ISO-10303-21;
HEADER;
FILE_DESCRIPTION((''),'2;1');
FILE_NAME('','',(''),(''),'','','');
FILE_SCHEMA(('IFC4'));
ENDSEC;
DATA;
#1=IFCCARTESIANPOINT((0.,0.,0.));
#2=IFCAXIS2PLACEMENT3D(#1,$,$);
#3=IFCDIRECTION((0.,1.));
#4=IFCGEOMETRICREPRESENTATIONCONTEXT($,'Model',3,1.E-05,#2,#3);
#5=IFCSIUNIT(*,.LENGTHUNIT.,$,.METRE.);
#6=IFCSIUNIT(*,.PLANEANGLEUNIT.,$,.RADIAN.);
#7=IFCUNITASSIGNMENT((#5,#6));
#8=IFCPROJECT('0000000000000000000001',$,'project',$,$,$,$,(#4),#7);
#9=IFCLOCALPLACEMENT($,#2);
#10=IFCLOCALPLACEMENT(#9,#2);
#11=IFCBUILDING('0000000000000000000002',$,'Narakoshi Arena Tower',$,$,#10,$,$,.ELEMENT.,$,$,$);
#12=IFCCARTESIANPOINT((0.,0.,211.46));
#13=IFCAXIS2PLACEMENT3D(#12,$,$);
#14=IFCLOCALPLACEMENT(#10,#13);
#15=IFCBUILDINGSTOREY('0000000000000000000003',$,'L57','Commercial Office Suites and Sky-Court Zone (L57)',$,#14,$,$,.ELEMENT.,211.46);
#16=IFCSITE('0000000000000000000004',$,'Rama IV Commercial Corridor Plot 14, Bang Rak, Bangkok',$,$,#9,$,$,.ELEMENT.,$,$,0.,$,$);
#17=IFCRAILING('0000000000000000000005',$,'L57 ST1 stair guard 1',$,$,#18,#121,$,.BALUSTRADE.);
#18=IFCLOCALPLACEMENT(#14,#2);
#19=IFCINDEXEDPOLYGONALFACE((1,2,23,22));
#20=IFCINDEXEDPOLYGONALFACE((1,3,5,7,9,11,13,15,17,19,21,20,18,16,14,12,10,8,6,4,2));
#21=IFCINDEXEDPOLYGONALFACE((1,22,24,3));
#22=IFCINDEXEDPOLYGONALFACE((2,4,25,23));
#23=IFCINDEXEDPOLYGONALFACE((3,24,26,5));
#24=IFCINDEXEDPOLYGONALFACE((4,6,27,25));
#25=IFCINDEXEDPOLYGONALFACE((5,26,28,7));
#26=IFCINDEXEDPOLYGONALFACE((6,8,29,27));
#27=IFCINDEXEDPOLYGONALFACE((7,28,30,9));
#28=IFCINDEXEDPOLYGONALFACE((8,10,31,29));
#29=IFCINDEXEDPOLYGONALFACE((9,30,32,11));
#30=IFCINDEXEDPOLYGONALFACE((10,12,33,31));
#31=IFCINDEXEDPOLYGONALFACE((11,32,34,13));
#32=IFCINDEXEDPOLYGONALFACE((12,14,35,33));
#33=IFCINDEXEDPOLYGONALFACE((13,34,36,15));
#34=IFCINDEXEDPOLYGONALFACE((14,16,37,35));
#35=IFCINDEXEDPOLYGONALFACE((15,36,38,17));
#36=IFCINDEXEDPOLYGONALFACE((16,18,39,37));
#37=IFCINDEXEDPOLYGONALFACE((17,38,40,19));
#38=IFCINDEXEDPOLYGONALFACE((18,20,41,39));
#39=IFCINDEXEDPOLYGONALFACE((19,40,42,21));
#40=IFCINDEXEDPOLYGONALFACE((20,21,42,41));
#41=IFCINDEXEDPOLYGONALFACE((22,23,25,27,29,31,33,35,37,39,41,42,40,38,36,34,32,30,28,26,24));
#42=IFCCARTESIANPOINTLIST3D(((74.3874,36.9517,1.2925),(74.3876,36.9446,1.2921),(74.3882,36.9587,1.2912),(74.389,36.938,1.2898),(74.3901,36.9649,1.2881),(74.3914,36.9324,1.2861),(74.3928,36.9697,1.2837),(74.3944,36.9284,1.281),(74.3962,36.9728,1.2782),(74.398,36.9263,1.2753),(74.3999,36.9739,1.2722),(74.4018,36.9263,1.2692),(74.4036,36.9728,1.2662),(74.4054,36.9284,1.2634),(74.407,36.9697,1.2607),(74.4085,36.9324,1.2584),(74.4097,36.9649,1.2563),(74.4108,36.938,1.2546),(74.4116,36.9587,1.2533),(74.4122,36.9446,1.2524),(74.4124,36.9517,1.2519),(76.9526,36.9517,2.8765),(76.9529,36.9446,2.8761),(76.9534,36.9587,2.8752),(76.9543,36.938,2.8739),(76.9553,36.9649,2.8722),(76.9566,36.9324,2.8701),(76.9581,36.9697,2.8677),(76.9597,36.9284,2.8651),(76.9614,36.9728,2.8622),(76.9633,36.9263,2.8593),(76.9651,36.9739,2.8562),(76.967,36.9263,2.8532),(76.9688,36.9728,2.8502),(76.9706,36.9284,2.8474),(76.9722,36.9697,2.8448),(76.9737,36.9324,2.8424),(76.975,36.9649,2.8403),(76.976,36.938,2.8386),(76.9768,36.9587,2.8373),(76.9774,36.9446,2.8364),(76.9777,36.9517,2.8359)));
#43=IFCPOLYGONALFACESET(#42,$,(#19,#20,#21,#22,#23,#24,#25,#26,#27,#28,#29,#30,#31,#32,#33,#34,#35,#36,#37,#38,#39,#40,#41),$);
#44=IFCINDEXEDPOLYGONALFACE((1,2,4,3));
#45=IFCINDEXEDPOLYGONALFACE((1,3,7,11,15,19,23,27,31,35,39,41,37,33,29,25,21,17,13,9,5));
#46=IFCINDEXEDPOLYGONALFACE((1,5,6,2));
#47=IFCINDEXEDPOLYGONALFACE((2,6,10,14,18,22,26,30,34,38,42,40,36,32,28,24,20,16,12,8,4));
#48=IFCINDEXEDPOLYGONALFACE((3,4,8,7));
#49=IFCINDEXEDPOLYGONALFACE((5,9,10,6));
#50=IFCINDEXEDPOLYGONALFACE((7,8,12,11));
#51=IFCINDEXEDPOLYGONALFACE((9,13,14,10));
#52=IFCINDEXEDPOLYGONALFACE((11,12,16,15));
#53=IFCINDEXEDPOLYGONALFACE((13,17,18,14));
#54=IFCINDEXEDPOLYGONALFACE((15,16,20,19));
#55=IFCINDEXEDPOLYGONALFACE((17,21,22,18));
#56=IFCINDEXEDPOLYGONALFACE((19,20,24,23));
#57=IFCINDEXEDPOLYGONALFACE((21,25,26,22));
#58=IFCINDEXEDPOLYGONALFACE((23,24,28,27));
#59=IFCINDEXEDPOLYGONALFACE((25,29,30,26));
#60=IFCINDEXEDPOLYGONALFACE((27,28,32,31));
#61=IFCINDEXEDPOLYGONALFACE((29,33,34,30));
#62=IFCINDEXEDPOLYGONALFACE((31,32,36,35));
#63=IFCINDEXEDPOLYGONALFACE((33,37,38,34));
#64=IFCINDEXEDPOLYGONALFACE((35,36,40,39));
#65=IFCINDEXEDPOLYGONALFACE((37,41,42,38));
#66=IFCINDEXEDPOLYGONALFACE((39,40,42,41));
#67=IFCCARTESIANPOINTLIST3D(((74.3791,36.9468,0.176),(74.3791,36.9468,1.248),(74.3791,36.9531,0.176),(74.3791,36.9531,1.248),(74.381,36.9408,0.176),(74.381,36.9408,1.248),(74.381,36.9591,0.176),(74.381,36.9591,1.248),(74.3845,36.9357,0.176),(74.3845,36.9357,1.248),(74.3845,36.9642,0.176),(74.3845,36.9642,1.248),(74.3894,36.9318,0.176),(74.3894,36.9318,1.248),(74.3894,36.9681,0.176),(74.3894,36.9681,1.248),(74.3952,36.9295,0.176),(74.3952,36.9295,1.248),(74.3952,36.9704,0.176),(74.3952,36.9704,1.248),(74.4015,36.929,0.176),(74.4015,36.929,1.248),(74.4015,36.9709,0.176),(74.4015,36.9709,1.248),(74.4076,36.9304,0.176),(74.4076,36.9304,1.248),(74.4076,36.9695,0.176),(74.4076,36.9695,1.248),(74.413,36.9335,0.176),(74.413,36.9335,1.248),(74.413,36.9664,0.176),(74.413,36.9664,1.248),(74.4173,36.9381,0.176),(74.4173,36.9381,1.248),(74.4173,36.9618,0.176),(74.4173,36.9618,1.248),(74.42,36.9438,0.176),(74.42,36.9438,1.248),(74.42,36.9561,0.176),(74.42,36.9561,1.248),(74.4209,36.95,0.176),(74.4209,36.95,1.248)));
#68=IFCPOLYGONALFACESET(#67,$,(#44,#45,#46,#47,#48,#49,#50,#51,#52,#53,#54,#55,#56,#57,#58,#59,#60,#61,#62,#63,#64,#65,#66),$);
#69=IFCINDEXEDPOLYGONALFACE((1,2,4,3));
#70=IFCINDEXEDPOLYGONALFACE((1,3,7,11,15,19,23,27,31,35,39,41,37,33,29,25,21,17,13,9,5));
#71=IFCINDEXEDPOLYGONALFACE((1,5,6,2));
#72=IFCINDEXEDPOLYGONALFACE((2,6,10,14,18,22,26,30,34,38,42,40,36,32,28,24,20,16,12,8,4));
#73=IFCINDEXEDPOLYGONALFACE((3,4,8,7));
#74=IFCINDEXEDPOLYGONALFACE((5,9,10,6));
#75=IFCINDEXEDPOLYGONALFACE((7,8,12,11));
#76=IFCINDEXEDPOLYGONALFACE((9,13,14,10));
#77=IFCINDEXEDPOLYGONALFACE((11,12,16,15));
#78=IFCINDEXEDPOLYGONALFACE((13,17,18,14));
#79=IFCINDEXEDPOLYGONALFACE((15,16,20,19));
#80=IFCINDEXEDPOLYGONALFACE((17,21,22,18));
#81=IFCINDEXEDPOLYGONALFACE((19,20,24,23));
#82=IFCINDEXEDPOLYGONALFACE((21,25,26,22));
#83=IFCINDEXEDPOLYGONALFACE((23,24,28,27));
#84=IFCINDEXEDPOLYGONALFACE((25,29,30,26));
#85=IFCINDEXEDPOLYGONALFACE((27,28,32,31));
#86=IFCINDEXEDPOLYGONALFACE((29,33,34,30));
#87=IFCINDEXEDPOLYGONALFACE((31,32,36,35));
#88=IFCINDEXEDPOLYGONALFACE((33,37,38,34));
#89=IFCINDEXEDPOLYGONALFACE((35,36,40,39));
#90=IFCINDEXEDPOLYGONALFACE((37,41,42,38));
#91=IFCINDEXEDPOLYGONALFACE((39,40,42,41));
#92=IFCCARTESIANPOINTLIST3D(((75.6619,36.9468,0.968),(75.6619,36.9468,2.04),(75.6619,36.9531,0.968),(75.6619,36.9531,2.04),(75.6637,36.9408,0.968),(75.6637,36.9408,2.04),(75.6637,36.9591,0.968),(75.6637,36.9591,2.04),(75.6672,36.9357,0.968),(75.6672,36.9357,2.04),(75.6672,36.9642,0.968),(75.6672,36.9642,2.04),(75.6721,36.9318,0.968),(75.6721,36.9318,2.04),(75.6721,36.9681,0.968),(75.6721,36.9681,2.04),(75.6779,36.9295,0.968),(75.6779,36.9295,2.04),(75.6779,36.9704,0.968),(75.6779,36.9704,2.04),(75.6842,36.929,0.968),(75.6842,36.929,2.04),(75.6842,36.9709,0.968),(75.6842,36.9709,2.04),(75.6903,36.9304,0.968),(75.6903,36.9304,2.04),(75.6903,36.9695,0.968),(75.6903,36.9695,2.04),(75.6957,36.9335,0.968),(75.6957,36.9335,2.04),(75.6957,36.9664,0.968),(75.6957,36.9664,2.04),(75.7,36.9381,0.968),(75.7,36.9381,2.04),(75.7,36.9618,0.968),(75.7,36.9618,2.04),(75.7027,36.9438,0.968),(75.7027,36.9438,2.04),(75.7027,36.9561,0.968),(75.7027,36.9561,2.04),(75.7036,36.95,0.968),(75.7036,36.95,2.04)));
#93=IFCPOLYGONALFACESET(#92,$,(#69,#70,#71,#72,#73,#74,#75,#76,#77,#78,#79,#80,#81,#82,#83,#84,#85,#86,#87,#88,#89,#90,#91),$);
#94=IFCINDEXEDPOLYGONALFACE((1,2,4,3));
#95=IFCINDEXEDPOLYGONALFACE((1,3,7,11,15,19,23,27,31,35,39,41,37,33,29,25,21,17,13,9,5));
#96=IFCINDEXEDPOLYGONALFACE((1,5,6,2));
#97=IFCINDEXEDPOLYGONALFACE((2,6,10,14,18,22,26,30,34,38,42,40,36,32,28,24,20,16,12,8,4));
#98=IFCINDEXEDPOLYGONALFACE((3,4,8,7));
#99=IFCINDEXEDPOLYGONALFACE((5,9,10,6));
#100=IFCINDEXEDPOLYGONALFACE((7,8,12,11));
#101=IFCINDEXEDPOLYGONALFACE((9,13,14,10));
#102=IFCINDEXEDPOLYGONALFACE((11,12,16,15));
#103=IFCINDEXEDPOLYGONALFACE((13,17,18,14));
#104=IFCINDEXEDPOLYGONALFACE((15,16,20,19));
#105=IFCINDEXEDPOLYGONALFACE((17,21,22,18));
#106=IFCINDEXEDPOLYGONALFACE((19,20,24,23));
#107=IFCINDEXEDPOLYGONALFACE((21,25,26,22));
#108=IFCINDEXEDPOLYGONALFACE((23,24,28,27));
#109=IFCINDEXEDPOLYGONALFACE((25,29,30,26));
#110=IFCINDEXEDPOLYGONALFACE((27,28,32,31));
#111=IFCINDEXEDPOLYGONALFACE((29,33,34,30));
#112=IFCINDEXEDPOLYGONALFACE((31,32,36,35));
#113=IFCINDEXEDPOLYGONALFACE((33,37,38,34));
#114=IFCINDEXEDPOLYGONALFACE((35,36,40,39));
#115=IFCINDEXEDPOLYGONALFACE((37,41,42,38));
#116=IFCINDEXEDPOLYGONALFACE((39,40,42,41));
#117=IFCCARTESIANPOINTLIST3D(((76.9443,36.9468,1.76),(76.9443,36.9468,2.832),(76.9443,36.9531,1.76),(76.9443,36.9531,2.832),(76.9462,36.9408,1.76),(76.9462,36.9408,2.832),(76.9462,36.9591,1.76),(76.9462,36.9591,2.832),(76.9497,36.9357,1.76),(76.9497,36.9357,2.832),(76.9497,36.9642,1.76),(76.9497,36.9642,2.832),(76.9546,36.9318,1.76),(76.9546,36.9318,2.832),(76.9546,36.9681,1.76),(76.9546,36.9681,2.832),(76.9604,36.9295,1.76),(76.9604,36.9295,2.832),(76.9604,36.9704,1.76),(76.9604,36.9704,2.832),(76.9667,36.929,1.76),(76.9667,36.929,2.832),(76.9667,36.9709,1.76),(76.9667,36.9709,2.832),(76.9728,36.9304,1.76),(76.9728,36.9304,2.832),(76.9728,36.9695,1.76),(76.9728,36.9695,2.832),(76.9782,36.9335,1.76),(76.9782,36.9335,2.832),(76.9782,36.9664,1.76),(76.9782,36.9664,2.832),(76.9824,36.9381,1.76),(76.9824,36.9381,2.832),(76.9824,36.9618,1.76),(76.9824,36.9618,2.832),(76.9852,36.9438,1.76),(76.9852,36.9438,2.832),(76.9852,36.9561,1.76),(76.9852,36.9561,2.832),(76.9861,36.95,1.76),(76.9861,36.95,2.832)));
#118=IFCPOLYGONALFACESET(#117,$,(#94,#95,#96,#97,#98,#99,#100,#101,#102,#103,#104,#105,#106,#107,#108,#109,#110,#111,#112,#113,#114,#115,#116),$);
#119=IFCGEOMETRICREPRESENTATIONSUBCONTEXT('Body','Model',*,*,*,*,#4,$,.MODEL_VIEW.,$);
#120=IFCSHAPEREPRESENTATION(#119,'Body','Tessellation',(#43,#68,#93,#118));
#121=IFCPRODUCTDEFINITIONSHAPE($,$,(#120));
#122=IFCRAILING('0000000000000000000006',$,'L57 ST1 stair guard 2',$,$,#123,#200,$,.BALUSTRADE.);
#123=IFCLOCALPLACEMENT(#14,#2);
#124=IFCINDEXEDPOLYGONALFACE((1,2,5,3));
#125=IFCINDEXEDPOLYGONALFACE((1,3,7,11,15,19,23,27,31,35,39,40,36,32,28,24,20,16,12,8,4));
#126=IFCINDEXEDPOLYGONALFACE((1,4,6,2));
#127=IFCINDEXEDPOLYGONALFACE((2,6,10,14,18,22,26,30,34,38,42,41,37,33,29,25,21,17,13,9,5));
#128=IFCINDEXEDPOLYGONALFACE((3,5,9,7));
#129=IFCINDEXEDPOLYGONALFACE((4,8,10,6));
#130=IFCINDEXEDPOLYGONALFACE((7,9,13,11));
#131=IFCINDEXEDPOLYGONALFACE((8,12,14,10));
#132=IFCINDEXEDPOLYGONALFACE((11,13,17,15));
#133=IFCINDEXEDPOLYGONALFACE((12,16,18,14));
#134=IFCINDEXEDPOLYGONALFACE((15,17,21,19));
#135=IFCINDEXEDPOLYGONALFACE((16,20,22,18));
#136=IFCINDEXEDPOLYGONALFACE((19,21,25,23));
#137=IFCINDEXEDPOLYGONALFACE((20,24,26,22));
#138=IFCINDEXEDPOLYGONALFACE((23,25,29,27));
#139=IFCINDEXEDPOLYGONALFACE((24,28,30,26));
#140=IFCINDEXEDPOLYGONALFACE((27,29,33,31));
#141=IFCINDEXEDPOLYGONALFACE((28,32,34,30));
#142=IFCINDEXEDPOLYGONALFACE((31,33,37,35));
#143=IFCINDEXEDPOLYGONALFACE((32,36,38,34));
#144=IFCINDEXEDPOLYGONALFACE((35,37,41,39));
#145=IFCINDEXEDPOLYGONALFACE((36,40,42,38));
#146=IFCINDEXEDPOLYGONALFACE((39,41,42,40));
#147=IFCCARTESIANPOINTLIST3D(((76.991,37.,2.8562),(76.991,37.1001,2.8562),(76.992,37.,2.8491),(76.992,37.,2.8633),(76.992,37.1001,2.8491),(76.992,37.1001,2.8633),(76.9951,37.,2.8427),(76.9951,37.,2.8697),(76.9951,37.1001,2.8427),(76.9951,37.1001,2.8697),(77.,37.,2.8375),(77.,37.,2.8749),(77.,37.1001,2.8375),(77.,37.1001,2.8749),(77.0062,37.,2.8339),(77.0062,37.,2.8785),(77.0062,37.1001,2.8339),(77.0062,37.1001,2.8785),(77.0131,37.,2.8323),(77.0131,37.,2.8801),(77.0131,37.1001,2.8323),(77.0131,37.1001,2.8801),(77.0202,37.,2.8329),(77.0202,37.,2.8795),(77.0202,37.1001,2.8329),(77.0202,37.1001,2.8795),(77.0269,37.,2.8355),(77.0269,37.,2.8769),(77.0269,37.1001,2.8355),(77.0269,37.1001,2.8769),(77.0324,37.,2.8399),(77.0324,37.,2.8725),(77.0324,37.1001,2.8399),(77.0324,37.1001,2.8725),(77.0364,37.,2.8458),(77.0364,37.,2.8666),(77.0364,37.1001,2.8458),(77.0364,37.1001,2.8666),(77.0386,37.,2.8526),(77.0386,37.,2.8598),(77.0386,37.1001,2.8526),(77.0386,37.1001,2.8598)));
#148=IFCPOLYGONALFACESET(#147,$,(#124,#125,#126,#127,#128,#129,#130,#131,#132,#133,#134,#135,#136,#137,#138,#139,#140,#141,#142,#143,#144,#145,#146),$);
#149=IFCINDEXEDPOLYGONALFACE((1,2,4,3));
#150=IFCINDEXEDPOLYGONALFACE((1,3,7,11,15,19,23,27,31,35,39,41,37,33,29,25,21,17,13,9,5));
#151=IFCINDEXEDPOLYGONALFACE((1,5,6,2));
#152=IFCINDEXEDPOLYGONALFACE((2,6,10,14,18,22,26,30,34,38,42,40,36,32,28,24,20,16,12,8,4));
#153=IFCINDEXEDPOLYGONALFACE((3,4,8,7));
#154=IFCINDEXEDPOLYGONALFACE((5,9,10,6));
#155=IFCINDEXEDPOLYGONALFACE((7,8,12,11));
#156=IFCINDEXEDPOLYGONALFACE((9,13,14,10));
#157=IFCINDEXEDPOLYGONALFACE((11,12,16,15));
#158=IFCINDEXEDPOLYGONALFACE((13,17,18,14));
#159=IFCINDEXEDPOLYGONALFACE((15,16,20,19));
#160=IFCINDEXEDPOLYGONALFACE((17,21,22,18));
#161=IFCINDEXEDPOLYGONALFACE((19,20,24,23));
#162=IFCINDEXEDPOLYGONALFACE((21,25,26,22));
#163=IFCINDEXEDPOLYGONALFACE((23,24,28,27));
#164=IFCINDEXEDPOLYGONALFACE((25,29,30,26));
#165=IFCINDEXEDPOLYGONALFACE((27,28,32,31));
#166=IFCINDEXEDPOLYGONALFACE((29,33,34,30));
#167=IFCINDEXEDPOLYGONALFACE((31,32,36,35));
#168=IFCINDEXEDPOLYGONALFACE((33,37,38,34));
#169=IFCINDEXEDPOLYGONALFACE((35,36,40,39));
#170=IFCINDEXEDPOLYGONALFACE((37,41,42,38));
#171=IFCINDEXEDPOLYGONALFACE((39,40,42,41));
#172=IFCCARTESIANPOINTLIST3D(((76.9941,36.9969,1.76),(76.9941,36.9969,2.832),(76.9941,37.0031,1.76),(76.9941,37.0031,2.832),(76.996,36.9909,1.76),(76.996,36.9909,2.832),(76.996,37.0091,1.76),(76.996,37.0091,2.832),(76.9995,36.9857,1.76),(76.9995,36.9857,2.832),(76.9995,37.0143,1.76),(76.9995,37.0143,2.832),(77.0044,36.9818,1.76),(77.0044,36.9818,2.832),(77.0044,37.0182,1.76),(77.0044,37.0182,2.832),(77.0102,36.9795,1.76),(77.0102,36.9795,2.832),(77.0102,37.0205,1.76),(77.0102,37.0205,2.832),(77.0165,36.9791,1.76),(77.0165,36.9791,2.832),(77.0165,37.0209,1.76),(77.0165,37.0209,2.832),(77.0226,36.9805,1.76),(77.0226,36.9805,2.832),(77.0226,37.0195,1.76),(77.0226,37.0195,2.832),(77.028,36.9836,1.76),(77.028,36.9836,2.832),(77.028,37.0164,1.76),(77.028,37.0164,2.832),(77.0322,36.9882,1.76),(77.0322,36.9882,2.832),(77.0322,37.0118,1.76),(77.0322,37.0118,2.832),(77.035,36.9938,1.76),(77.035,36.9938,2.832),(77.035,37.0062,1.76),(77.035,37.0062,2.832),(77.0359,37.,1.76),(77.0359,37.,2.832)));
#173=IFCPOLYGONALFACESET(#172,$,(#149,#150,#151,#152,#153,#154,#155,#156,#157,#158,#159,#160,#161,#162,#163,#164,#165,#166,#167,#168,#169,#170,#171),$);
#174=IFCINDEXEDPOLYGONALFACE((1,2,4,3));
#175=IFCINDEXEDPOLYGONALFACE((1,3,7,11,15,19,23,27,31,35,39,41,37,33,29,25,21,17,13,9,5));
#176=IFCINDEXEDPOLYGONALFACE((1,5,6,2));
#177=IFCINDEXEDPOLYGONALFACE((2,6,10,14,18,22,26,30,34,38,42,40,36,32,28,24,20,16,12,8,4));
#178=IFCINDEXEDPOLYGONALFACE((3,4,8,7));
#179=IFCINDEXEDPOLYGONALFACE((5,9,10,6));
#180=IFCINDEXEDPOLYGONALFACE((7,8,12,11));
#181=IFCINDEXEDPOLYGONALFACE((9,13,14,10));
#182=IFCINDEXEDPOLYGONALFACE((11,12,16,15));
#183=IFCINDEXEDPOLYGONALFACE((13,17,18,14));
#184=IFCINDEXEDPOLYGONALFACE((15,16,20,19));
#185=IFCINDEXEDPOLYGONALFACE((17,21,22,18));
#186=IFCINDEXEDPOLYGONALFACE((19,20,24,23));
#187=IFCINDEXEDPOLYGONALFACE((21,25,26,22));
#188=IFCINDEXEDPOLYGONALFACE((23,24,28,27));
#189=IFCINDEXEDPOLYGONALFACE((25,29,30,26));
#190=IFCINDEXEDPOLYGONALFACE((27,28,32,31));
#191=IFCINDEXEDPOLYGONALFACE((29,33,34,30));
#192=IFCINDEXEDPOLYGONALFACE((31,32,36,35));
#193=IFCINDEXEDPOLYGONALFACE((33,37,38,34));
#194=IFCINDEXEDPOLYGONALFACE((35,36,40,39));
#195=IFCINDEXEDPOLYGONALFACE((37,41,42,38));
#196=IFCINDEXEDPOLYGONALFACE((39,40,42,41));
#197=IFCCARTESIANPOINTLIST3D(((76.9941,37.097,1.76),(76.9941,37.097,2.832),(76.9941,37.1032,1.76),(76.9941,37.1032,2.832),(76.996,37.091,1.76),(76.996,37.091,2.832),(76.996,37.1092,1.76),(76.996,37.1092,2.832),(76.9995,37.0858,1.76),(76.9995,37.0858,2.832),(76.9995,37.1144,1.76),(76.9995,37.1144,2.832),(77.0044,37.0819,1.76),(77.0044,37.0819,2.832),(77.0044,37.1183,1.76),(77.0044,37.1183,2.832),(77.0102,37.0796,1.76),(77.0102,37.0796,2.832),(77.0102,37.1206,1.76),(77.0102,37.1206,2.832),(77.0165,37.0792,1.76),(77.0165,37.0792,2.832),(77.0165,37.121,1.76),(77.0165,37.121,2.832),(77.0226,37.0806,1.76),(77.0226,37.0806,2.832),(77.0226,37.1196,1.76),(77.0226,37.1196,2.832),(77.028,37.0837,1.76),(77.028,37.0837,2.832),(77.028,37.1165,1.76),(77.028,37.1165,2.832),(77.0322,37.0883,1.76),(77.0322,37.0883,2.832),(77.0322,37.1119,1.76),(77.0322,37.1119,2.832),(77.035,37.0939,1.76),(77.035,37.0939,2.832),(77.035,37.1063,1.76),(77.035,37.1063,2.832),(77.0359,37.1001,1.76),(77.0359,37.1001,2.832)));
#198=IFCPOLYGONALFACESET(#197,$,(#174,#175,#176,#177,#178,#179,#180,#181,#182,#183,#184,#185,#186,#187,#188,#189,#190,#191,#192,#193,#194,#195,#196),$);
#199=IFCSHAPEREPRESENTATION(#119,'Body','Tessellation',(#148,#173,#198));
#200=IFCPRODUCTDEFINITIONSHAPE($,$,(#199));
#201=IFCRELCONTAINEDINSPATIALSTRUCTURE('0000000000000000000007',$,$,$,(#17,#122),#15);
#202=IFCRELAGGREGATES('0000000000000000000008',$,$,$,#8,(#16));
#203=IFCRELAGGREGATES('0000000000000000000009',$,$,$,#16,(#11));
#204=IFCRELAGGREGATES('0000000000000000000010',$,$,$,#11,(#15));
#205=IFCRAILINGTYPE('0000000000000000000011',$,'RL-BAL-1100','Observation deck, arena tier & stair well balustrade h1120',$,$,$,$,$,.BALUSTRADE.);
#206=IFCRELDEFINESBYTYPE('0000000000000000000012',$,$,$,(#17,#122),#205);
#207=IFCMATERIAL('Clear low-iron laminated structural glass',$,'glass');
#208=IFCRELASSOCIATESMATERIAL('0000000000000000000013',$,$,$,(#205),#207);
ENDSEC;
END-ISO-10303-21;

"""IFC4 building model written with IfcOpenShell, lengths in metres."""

from ifc_helpers import new_model, si_unit, direction, frame, origin, origin_2d, place, context, subcontext, project, spatial, circle, extrude, material, type_object, element, save


model = new_model("IFC4")

# Units and contexts
model_context = context("Model", 3, precision=1e-05, world=origin(), true_north=direction((0.0, 1.0)))
body_context = subcontext(model_context, "Body", "Model", "MODEL_VIEW")
ifc_project = project(units=[si_unit("LENGTHUNIT", "METRE"), si_unit("PLANEANGLEUNIT", "RADIAN")], contexts=[model_context])

# Site, building, storey
site_placement = place(None, origin())
site = spatial("IfcSite", under=ifc_project, at=site_placement, Name="Rama IV Commercial Corridor Plot 14, Bang Rak, Bangkok", CompositionType="ELEMENT", RefElevation=0.0)
building_placement = place(site_placement, origin())
building = spatial("IfcBuilding", under=site, at=building_placement, Name="Narakoshi Arena Tower", CompositionType="ELEMENT")
storey_placement = place(building_placement, frame((0.0, 0.0, 211.46)))
storey = spatial("IfcBuildingStorey", under=building, at=storey_placement, Name="L57", Description="Commercial Office Suites and Sky-Court Zone (L57)", CompositionType="ELEMENT", Elevation=211.46)

# Railings
ifc_material_1 = material(Name="Clear low-iron laminated structural glass", Category="glass")
railing_type_1 = type_object("IfcRailingType", Name="RL-BAL-1100", Description="Observation deck, arena tier & stair well balustrade h1120", PredefinedType="BALUSTRADE", material=ifc_material_1)
railing_1_placement = place(storey_placement, frame((74.3999, 36.95, 0.176)))
element("IfcRailing", 1, at=railing_1_placement, inside=storey, type_object=railing_type_1, Name="L57 ST1 stair guard 1", PredefinedType="BALUSTRADE", context=body_context, shape_type="SweptSolid", body=[
    extrude(circle(Radius=0.0239, at=origin_2d()), frame((0.0, 0.0, 1.0962), z_axis=(0.850857, 0.0, 0.525398), x_axis=(0.0, 1.0, 0.0)), (0.0, 0.0, 1.0), 3.0149),
    extrude(circle(Radius=0.021, at=origin_2d()), origin(), (0.0, 0.0, 1.0), 1.072),
    extrude(circle(Radius=0.021, at=origin_2d()), frame((1.2827, 0.0, 0.792)), (0.0, 0.0, 1.0), 1.072),
    extrude(circle(Radius=0.021, at=origin_2d()), frame((2.5652, 0.0, 1.584)), (0.0, 0.0, 1.0), 1.072),
])
railing_2_placement = place(storey_placement, frame((77.0149, 37.0, 1.76)))
element("IfcRailing", 2, at=railing_2_placement, inside=storey, type_object=railing_type_1, Name="L57 ST1 stair guard 2", PredefinedType="BALUSTRADE", context=body_context, shape_type="SweptSolid", body=[
    extrude(circle(Radius=0.0239, at=origin_2d()), frame((0.0, 0.0, 1.0962), z_axis=(0.0, 1.0, 0.0), x_axis=(-1.0, 0.0, 0.0)), (0.0, 0.0, 1.0), 0.1001),
    extrude(circle(Radius=0.021, at=origin_2d()), origin(), (0.0, 0.0, 1.0), 1.072),
    extrude(circle(Radius=0.021, at=origin_2d()), frame((0.0, 0.1001, 0.0)), (0.0, 0.0, 1.0), 1.072),
])

save(model, "model.ifc")
